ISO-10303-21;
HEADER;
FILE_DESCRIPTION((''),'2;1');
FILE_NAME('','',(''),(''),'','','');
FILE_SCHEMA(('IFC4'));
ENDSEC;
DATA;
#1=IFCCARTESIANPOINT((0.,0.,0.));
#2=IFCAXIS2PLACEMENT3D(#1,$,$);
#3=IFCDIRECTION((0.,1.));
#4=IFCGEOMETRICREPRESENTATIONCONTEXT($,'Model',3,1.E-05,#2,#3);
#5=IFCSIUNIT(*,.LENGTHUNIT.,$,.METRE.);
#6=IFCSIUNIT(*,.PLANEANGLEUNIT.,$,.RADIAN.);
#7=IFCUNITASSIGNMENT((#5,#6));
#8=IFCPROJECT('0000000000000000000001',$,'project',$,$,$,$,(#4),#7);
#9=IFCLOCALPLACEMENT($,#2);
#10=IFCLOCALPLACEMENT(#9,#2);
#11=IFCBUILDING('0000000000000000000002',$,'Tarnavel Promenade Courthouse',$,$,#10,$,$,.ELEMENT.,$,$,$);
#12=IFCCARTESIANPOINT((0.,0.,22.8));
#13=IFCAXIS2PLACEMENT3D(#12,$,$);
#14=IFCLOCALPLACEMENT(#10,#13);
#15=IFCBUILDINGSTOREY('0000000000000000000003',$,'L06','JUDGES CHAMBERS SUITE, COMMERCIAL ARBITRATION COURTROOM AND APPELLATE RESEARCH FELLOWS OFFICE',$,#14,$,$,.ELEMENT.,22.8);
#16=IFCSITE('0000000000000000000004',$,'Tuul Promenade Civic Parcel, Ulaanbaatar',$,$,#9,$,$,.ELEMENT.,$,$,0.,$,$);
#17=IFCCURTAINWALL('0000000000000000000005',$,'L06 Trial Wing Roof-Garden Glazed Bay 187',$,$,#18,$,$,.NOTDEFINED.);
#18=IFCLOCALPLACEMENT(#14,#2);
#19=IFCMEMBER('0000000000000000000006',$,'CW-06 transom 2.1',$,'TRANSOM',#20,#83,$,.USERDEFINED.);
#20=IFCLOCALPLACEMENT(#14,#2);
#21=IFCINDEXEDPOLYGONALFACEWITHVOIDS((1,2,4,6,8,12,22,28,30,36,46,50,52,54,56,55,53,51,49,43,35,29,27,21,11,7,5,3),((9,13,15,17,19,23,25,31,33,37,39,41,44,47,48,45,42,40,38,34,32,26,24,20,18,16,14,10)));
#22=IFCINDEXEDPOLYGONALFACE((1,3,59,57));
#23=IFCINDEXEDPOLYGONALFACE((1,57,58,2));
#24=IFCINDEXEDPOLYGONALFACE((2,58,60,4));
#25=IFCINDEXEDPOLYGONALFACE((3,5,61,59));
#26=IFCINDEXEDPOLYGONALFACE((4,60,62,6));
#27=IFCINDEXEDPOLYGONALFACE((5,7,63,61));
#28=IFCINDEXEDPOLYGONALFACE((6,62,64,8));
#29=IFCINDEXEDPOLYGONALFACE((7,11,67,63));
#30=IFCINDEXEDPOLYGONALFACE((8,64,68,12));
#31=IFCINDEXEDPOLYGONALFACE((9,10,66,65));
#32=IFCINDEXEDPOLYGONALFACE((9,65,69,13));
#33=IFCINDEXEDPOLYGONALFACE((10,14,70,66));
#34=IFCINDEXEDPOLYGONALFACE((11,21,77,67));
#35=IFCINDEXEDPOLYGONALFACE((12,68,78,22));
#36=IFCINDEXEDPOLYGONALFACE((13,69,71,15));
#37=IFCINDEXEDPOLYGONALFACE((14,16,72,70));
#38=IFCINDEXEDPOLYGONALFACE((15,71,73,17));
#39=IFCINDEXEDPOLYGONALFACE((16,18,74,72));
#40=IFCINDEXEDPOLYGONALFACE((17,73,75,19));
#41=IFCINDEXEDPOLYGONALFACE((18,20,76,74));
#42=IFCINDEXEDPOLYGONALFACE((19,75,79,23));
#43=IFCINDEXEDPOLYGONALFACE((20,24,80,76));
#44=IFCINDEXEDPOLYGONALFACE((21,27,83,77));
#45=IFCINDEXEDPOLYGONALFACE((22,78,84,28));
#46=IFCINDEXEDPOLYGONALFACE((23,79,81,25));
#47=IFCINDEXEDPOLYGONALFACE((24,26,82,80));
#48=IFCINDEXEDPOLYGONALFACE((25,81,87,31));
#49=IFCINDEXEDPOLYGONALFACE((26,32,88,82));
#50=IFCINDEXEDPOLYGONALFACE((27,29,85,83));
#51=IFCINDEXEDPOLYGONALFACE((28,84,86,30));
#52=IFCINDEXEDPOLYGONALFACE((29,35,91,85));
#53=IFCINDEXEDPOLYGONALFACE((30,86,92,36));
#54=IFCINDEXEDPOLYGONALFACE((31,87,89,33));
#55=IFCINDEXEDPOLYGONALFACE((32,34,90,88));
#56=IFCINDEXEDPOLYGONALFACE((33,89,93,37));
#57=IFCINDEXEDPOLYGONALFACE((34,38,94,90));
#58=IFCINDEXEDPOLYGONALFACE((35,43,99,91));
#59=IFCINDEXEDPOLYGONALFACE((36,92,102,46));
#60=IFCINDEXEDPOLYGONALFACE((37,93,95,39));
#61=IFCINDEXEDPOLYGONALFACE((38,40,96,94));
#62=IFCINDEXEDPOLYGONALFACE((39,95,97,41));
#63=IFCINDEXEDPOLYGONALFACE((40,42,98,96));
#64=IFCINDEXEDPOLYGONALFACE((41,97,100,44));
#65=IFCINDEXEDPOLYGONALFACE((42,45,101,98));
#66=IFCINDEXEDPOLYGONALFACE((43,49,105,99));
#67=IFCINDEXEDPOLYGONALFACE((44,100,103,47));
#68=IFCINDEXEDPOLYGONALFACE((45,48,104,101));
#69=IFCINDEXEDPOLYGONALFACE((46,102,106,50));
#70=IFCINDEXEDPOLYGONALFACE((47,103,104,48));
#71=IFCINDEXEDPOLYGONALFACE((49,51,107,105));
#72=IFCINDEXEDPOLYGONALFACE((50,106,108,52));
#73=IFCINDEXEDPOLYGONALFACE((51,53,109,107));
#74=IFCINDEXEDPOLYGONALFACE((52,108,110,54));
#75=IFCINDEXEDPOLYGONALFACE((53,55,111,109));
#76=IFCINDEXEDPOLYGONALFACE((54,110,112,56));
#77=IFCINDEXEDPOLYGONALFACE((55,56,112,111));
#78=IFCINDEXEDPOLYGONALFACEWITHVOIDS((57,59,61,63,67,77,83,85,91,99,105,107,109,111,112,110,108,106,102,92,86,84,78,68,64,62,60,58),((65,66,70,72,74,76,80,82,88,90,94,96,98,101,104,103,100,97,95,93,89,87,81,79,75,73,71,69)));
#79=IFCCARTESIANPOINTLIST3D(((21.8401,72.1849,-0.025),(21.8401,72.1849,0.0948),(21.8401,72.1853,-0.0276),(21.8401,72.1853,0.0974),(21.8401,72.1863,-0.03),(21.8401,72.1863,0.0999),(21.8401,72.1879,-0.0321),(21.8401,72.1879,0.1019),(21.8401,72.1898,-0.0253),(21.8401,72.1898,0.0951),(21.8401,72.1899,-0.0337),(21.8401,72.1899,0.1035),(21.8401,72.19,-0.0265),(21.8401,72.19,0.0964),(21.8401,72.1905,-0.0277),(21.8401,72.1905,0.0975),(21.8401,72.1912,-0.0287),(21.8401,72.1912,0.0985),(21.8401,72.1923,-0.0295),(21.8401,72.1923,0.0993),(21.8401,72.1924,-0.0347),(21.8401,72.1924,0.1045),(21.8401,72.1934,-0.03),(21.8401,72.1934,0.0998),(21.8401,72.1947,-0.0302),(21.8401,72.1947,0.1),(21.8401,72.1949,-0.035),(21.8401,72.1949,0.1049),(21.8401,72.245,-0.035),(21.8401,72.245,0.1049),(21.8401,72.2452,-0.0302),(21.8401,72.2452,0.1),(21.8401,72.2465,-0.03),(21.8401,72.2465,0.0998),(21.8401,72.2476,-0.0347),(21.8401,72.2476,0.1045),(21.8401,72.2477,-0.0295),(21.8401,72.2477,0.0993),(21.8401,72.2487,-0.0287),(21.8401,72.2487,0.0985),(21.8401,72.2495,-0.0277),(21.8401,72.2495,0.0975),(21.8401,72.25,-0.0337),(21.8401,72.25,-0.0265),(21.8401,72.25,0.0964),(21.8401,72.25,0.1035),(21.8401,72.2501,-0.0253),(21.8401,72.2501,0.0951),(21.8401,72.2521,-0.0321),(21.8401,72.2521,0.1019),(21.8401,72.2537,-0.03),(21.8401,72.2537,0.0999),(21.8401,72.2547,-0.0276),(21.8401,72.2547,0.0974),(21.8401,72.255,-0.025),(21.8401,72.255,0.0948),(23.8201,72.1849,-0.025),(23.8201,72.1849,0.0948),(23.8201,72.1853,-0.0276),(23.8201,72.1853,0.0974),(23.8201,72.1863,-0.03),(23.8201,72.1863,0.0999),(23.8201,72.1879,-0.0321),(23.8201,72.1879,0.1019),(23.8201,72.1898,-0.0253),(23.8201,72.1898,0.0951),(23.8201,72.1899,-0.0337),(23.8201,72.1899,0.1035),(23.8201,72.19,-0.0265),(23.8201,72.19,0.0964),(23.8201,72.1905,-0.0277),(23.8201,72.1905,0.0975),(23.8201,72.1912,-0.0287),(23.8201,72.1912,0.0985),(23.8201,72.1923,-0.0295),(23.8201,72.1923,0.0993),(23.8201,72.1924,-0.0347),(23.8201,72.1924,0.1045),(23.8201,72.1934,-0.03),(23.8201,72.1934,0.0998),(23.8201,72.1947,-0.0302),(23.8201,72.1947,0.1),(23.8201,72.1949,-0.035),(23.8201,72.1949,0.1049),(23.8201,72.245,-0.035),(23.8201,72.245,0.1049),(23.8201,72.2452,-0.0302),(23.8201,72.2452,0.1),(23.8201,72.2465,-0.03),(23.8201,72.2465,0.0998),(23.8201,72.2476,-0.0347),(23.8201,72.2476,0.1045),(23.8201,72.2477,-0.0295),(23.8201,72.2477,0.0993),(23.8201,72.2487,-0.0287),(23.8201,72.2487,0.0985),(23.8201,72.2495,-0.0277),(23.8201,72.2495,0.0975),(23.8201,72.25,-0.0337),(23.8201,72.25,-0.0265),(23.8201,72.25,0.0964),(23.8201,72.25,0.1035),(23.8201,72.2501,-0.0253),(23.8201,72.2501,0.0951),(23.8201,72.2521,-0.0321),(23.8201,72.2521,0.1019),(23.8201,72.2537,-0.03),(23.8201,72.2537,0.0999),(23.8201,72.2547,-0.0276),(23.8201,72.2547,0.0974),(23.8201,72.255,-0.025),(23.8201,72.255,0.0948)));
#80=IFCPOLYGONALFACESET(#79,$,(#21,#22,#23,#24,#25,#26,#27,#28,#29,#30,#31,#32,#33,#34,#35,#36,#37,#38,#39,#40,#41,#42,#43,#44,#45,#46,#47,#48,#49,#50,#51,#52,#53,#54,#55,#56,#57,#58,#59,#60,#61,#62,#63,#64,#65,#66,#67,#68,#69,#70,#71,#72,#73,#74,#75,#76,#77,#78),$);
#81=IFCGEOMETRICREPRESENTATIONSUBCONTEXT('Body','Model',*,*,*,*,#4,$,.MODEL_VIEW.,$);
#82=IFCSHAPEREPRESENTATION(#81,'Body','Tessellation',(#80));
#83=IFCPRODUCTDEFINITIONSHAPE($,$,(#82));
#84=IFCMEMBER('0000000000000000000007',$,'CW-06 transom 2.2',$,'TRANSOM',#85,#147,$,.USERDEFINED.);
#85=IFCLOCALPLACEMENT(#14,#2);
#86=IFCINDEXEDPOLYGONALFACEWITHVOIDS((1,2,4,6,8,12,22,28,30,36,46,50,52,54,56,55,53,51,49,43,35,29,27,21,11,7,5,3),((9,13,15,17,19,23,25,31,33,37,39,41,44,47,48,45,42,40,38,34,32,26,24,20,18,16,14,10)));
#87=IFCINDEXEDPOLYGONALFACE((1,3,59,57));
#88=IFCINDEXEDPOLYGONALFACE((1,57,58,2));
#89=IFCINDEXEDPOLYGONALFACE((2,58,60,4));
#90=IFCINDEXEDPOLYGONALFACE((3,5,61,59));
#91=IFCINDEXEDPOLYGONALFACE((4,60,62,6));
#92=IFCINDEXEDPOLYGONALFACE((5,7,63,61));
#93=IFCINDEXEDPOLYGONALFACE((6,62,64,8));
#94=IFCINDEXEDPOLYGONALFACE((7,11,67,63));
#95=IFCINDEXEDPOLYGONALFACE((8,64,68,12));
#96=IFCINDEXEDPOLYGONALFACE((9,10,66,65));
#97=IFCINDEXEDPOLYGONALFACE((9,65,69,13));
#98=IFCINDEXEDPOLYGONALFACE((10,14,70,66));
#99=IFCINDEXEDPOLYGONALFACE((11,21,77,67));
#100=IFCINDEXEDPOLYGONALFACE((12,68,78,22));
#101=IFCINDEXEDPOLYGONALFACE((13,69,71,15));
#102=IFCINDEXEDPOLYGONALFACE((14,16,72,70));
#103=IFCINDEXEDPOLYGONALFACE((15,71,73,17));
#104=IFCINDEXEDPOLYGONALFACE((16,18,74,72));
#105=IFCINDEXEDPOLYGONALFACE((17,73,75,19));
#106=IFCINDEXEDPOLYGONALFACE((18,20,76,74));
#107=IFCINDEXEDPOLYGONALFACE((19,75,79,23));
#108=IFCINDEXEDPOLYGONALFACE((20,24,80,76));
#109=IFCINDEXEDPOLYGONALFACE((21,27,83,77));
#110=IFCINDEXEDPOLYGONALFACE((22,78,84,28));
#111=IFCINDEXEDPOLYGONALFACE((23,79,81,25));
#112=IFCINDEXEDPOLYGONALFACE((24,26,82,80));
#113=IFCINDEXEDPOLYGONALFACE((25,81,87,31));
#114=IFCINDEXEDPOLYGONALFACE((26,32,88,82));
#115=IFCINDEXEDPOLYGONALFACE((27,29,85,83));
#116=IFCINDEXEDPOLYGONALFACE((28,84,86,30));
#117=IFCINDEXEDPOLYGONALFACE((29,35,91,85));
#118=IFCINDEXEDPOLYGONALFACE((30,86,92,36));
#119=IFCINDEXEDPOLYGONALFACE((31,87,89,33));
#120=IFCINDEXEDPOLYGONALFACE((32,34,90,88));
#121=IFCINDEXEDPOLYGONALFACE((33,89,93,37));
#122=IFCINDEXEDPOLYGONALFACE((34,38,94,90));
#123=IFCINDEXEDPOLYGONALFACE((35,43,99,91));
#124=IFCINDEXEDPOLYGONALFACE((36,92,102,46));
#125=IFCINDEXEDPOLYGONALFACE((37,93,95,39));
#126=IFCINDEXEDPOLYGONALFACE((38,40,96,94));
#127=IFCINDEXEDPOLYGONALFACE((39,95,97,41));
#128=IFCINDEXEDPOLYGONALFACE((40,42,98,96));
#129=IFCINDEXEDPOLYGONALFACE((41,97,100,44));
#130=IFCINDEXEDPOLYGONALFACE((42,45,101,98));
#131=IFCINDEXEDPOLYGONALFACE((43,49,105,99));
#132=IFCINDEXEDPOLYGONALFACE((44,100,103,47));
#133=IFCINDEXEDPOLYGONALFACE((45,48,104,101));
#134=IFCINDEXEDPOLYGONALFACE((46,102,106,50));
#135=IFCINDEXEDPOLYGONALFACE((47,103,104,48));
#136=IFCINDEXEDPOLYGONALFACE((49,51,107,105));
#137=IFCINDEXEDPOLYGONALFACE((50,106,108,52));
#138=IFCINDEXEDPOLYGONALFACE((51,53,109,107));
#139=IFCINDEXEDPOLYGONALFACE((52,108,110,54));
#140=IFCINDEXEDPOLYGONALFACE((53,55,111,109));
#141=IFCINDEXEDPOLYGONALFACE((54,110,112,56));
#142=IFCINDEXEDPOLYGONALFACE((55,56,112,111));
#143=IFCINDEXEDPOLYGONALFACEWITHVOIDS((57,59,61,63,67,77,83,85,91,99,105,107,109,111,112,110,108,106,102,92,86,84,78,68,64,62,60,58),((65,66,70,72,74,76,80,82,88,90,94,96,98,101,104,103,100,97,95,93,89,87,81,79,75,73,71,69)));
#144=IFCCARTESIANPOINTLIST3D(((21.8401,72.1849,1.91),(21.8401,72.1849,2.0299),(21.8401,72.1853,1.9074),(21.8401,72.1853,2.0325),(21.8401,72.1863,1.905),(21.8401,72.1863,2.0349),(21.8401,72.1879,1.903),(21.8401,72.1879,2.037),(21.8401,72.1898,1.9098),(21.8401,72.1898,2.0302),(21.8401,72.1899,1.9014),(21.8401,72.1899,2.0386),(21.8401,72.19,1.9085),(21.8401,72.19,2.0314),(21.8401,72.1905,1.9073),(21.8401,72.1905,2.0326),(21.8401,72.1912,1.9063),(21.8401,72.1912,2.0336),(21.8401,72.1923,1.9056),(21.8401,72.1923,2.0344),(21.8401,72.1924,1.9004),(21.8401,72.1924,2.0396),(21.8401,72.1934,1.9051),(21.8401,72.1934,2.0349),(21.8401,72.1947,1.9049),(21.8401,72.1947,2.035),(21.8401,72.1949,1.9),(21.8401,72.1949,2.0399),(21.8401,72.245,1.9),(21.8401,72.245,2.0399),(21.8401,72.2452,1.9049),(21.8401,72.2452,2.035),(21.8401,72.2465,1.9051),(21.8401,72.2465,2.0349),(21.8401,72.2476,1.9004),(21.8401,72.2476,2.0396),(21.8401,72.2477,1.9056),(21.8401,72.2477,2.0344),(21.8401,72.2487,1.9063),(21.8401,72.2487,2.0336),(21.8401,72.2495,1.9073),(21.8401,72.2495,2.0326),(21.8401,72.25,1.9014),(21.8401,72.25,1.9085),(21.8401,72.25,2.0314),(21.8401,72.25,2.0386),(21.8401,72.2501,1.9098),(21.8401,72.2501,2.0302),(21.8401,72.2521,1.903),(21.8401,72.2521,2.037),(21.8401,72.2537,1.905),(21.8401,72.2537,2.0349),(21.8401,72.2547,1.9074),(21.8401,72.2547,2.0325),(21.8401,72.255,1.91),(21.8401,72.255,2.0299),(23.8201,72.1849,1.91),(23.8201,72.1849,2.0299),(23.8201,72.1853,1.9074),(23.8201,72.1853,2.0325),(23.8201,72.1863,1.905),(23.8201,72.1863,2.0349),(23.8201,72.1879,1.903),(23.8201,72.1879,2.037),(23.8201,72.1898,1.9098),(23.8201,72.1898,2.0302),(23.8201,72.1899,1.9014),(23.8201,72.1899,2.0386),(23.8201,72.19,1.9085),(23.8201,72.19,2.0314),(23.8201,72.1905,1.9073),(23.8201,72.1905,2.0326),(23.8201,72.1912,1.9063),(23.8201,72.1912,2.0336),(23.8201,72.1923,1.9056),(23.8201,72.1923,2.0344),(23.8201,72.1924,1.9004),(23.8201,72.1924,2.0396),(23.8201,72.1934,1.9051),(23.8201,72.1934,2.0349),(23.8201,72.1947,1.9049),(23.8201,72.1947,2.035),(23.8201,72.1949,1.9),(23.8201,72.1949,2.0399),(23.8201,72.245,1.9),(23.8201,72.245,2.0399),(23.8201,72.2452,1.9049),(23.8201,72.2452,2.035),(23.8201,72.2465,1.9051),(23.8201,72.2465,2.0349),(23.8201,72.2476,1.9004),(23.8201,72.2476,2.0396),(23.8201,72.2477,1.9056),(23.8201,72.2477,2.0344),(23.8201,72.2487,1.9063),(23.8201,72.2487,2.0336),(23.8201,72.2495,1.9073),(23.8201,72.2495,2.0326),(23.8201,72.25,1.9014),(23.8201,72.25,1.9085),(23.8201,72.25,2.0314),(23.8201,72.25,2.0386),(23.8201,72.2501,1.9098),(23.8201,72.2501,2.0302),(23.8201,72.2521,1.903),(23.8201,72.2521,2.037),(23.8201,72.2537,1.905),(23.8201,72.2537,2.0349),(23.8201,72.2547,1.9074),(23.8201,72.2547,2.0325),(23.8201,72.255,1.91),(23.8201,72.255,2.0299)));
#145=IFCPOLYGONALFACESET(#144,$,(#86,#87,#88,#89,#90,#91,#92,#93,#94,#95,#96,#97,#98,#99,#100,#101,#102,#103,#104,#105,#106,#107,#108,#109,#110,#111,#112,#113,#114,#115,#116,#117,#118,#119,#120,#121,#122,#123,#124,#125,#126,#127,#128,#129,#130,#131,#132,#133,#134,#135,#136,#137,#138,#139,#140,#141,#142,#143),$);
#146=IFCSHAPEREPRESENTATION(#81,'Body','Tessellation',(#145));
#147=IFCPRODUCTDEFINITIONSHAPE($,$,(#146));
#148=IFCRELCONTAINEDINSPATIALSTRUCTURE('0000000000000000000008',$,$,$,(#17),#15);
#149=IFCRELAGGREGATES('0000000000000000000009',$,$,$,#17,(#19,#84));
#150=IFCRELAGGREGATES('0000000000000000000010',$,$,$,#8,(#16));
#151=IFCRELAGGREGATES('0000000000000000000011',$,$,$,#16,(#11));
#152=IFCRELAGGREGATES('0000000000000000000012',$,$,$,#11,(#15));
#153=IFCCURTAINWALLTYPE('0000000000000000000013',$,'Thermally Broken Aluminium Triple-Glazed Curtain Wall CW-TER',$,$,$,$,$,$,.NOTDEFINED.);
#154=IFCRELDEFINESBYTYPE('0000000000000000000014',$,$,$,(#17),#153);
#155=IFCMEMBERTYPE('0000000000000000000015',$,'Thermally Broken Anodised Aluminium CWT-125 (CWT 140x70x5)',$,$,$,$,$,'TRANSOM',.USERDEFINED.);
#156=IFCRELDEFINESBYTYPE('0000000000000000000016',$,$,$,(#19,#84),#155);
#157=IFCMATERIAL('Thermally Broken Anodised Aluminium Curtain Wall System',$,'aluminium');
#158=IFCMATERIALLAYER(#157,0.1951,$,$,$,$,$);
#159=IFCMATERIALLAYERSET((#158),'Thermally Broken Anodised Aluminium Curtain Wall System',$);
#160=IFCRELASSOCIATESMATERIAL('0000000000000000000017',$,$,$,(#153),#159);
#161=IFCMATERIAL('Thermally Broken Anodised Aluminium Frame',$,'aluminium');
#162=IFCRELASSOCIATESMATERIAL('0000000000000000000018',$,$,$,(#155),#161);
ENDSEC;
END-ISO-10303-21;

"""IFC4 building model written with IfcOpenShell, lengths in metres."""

from ifc_helpers import new_model, si_unit, direction, frame, origin, origin_2d, place, context, subcontext, project, spatial, hollow_rectangle, extrude, material, layer, layer_set, material_profile, profile_set, type_object, element, aggregate, save


model = new_model("IFC4")

# Units and contexts
model_context = context("Model", 3, precision=1e-05, world=origin(), true_north=direction((0.0, 1.0)))
body_context = subcontext(model_context, "Body", "Model", "MODEL_VIEW")
ifc_project = project(units=[si_unit("LENGTHUNIT", "METRE"), si_unit("PLANEANGLEUNIT", "RADIAN")], contexts=[model_context])

# Site, building, storey
site_placement = place(None, origin())
site = spatial("IfcSite", under=ifc_project, at=site_placement, Name="Tuul Promenade Civic Parcel, Ulaanbaatar", CompositionType="ELEMENT", RefElevation=0.0)
building_placement = place(site_placement, origin())
building = spatial("IfcBuilding", under=site, at=building_placement, Name="Tarnavel Promenade Courthouse", CompositionType="ELEMENT")
storey_placement = place(building_placement, frame((0.0, 0.0, 22.8)))
storey = spatial("IfcBuildingStorey", under=building, at=storey_placement, Name="L06", Description="JUDGES CHAMBERS SUITE, COMMERCIAL ARBITRATION COURTROOM AND APPELLATE RESEARCH FELLOWS OFFICE", CompositionType="ELEMENT", Elevation=22.8)

# Shared definitions
ifc_material_1 = material(Name="Thermally Broken Anodised Aluminium Curtain Wall System", Category="aluminium")
ifc_layer_1 = layer(ifc_material_1, 0.1951)
ifc_layer_set_1 = layer_set([ifc_layer_1], Name="Thermally Broken Anodised Aluminium Curtain Wall System")
curtain_wall_type = type_object("IfcCurtainWallType", Name="Thermally Broken Aluminium Triple-Glazed Curtain Wall CW-TER", PredefinedType="NOTDEFINED", material=ifc_layer_set_1)
ifc_material_2 = material(Name="Thermally Broken Anodised Aluminium Frame", Category="aluminium")

# Curtain wall
curtain_wall_1_placement = place(storey_placement, origin())
curtain_wall_1 = element("IfcCurtainWall", 1, at=curtain_wall_1_placement, inside=storey, type_object=curtain_wall_type, Name="L06 Trial Wing Roof-Garden Glazed Bay 187", PredefinedType="NOTDEFINED")

# Members
ifc_material_profile_1 = material_profile(ifc_material_2, hollow_rectangle(XDim=0.0701, YDim=0.1399, WallThickness=0.0049, InnerFilletRadius=0.0049, OuterFilletRadius=0.01, at=origin_2d()), Name="CWT 140x70x5")
ifc_profile_set_1 = profile_set([ifc_material_profile_1], Name="Thermally Broken Anodised Aluminium Frame")
member_type_1 = type_object("IfcMemberType", Name="Thermally Broken Anodised Aluminium CWT-125 (CWT 140x70x5)", ElementType="TRANSOM", PredefinedType="USERDEFINED", material=ifc_profile_set_1)
member_1_placement = place(storey_placement, frame((21.8401, 72.22, 0.0349), z_axis=(1.0, 0.0, 0.0), x_axis=(0.0, 1.0, 0.0)))
member_1 = element("IfcMember", 2, at=member_1_placement, type_object=member_type_1, Name="CW-06 transom 2.1", ObjectType="TRANSOM", PredefinedType="USERDEFINED", context=body_context, shape_type="SweptSolid", body=[
    extrude(hollow_rectangle(XDim=0.0701, YDim=0.1399, WallThickness=0.0049, InnerFilletRadius=0.0049, OuterFilletRadius=0.01, at=origin_2d()), origin(), (0.0, 0.0, 1.0), 1.98),
])
member_2_placement = place(storey_placement, frame((21.8401, 72.22, 1.97), z_axis=(1.0, 0.0, 0.0), x_axis=(0.0, 1.0, 0.0)))
member_2 = element("IfcMember", 3, at=member_2_placement, type_object=member_type_1, Name="CW-06 transom 2.2", ObjectType="TRANSOM", PredefinedType="USERDEFINED", context=body_context, shape_type="SweptSolid", body=[
    extrude(hollow_rectangle(XDim=0.0701, YDim=0.1399, WallThickness=0.0049, InnerFilletRadius=0.0049, OuterFilletRadius=0.01, at=origin_2d()), origin(), (0.0, 0.0, 1.0), 1.98),
])

aggregate(curtain_wall_1, [member_1, member_2])

save(model, "model.ifc")
